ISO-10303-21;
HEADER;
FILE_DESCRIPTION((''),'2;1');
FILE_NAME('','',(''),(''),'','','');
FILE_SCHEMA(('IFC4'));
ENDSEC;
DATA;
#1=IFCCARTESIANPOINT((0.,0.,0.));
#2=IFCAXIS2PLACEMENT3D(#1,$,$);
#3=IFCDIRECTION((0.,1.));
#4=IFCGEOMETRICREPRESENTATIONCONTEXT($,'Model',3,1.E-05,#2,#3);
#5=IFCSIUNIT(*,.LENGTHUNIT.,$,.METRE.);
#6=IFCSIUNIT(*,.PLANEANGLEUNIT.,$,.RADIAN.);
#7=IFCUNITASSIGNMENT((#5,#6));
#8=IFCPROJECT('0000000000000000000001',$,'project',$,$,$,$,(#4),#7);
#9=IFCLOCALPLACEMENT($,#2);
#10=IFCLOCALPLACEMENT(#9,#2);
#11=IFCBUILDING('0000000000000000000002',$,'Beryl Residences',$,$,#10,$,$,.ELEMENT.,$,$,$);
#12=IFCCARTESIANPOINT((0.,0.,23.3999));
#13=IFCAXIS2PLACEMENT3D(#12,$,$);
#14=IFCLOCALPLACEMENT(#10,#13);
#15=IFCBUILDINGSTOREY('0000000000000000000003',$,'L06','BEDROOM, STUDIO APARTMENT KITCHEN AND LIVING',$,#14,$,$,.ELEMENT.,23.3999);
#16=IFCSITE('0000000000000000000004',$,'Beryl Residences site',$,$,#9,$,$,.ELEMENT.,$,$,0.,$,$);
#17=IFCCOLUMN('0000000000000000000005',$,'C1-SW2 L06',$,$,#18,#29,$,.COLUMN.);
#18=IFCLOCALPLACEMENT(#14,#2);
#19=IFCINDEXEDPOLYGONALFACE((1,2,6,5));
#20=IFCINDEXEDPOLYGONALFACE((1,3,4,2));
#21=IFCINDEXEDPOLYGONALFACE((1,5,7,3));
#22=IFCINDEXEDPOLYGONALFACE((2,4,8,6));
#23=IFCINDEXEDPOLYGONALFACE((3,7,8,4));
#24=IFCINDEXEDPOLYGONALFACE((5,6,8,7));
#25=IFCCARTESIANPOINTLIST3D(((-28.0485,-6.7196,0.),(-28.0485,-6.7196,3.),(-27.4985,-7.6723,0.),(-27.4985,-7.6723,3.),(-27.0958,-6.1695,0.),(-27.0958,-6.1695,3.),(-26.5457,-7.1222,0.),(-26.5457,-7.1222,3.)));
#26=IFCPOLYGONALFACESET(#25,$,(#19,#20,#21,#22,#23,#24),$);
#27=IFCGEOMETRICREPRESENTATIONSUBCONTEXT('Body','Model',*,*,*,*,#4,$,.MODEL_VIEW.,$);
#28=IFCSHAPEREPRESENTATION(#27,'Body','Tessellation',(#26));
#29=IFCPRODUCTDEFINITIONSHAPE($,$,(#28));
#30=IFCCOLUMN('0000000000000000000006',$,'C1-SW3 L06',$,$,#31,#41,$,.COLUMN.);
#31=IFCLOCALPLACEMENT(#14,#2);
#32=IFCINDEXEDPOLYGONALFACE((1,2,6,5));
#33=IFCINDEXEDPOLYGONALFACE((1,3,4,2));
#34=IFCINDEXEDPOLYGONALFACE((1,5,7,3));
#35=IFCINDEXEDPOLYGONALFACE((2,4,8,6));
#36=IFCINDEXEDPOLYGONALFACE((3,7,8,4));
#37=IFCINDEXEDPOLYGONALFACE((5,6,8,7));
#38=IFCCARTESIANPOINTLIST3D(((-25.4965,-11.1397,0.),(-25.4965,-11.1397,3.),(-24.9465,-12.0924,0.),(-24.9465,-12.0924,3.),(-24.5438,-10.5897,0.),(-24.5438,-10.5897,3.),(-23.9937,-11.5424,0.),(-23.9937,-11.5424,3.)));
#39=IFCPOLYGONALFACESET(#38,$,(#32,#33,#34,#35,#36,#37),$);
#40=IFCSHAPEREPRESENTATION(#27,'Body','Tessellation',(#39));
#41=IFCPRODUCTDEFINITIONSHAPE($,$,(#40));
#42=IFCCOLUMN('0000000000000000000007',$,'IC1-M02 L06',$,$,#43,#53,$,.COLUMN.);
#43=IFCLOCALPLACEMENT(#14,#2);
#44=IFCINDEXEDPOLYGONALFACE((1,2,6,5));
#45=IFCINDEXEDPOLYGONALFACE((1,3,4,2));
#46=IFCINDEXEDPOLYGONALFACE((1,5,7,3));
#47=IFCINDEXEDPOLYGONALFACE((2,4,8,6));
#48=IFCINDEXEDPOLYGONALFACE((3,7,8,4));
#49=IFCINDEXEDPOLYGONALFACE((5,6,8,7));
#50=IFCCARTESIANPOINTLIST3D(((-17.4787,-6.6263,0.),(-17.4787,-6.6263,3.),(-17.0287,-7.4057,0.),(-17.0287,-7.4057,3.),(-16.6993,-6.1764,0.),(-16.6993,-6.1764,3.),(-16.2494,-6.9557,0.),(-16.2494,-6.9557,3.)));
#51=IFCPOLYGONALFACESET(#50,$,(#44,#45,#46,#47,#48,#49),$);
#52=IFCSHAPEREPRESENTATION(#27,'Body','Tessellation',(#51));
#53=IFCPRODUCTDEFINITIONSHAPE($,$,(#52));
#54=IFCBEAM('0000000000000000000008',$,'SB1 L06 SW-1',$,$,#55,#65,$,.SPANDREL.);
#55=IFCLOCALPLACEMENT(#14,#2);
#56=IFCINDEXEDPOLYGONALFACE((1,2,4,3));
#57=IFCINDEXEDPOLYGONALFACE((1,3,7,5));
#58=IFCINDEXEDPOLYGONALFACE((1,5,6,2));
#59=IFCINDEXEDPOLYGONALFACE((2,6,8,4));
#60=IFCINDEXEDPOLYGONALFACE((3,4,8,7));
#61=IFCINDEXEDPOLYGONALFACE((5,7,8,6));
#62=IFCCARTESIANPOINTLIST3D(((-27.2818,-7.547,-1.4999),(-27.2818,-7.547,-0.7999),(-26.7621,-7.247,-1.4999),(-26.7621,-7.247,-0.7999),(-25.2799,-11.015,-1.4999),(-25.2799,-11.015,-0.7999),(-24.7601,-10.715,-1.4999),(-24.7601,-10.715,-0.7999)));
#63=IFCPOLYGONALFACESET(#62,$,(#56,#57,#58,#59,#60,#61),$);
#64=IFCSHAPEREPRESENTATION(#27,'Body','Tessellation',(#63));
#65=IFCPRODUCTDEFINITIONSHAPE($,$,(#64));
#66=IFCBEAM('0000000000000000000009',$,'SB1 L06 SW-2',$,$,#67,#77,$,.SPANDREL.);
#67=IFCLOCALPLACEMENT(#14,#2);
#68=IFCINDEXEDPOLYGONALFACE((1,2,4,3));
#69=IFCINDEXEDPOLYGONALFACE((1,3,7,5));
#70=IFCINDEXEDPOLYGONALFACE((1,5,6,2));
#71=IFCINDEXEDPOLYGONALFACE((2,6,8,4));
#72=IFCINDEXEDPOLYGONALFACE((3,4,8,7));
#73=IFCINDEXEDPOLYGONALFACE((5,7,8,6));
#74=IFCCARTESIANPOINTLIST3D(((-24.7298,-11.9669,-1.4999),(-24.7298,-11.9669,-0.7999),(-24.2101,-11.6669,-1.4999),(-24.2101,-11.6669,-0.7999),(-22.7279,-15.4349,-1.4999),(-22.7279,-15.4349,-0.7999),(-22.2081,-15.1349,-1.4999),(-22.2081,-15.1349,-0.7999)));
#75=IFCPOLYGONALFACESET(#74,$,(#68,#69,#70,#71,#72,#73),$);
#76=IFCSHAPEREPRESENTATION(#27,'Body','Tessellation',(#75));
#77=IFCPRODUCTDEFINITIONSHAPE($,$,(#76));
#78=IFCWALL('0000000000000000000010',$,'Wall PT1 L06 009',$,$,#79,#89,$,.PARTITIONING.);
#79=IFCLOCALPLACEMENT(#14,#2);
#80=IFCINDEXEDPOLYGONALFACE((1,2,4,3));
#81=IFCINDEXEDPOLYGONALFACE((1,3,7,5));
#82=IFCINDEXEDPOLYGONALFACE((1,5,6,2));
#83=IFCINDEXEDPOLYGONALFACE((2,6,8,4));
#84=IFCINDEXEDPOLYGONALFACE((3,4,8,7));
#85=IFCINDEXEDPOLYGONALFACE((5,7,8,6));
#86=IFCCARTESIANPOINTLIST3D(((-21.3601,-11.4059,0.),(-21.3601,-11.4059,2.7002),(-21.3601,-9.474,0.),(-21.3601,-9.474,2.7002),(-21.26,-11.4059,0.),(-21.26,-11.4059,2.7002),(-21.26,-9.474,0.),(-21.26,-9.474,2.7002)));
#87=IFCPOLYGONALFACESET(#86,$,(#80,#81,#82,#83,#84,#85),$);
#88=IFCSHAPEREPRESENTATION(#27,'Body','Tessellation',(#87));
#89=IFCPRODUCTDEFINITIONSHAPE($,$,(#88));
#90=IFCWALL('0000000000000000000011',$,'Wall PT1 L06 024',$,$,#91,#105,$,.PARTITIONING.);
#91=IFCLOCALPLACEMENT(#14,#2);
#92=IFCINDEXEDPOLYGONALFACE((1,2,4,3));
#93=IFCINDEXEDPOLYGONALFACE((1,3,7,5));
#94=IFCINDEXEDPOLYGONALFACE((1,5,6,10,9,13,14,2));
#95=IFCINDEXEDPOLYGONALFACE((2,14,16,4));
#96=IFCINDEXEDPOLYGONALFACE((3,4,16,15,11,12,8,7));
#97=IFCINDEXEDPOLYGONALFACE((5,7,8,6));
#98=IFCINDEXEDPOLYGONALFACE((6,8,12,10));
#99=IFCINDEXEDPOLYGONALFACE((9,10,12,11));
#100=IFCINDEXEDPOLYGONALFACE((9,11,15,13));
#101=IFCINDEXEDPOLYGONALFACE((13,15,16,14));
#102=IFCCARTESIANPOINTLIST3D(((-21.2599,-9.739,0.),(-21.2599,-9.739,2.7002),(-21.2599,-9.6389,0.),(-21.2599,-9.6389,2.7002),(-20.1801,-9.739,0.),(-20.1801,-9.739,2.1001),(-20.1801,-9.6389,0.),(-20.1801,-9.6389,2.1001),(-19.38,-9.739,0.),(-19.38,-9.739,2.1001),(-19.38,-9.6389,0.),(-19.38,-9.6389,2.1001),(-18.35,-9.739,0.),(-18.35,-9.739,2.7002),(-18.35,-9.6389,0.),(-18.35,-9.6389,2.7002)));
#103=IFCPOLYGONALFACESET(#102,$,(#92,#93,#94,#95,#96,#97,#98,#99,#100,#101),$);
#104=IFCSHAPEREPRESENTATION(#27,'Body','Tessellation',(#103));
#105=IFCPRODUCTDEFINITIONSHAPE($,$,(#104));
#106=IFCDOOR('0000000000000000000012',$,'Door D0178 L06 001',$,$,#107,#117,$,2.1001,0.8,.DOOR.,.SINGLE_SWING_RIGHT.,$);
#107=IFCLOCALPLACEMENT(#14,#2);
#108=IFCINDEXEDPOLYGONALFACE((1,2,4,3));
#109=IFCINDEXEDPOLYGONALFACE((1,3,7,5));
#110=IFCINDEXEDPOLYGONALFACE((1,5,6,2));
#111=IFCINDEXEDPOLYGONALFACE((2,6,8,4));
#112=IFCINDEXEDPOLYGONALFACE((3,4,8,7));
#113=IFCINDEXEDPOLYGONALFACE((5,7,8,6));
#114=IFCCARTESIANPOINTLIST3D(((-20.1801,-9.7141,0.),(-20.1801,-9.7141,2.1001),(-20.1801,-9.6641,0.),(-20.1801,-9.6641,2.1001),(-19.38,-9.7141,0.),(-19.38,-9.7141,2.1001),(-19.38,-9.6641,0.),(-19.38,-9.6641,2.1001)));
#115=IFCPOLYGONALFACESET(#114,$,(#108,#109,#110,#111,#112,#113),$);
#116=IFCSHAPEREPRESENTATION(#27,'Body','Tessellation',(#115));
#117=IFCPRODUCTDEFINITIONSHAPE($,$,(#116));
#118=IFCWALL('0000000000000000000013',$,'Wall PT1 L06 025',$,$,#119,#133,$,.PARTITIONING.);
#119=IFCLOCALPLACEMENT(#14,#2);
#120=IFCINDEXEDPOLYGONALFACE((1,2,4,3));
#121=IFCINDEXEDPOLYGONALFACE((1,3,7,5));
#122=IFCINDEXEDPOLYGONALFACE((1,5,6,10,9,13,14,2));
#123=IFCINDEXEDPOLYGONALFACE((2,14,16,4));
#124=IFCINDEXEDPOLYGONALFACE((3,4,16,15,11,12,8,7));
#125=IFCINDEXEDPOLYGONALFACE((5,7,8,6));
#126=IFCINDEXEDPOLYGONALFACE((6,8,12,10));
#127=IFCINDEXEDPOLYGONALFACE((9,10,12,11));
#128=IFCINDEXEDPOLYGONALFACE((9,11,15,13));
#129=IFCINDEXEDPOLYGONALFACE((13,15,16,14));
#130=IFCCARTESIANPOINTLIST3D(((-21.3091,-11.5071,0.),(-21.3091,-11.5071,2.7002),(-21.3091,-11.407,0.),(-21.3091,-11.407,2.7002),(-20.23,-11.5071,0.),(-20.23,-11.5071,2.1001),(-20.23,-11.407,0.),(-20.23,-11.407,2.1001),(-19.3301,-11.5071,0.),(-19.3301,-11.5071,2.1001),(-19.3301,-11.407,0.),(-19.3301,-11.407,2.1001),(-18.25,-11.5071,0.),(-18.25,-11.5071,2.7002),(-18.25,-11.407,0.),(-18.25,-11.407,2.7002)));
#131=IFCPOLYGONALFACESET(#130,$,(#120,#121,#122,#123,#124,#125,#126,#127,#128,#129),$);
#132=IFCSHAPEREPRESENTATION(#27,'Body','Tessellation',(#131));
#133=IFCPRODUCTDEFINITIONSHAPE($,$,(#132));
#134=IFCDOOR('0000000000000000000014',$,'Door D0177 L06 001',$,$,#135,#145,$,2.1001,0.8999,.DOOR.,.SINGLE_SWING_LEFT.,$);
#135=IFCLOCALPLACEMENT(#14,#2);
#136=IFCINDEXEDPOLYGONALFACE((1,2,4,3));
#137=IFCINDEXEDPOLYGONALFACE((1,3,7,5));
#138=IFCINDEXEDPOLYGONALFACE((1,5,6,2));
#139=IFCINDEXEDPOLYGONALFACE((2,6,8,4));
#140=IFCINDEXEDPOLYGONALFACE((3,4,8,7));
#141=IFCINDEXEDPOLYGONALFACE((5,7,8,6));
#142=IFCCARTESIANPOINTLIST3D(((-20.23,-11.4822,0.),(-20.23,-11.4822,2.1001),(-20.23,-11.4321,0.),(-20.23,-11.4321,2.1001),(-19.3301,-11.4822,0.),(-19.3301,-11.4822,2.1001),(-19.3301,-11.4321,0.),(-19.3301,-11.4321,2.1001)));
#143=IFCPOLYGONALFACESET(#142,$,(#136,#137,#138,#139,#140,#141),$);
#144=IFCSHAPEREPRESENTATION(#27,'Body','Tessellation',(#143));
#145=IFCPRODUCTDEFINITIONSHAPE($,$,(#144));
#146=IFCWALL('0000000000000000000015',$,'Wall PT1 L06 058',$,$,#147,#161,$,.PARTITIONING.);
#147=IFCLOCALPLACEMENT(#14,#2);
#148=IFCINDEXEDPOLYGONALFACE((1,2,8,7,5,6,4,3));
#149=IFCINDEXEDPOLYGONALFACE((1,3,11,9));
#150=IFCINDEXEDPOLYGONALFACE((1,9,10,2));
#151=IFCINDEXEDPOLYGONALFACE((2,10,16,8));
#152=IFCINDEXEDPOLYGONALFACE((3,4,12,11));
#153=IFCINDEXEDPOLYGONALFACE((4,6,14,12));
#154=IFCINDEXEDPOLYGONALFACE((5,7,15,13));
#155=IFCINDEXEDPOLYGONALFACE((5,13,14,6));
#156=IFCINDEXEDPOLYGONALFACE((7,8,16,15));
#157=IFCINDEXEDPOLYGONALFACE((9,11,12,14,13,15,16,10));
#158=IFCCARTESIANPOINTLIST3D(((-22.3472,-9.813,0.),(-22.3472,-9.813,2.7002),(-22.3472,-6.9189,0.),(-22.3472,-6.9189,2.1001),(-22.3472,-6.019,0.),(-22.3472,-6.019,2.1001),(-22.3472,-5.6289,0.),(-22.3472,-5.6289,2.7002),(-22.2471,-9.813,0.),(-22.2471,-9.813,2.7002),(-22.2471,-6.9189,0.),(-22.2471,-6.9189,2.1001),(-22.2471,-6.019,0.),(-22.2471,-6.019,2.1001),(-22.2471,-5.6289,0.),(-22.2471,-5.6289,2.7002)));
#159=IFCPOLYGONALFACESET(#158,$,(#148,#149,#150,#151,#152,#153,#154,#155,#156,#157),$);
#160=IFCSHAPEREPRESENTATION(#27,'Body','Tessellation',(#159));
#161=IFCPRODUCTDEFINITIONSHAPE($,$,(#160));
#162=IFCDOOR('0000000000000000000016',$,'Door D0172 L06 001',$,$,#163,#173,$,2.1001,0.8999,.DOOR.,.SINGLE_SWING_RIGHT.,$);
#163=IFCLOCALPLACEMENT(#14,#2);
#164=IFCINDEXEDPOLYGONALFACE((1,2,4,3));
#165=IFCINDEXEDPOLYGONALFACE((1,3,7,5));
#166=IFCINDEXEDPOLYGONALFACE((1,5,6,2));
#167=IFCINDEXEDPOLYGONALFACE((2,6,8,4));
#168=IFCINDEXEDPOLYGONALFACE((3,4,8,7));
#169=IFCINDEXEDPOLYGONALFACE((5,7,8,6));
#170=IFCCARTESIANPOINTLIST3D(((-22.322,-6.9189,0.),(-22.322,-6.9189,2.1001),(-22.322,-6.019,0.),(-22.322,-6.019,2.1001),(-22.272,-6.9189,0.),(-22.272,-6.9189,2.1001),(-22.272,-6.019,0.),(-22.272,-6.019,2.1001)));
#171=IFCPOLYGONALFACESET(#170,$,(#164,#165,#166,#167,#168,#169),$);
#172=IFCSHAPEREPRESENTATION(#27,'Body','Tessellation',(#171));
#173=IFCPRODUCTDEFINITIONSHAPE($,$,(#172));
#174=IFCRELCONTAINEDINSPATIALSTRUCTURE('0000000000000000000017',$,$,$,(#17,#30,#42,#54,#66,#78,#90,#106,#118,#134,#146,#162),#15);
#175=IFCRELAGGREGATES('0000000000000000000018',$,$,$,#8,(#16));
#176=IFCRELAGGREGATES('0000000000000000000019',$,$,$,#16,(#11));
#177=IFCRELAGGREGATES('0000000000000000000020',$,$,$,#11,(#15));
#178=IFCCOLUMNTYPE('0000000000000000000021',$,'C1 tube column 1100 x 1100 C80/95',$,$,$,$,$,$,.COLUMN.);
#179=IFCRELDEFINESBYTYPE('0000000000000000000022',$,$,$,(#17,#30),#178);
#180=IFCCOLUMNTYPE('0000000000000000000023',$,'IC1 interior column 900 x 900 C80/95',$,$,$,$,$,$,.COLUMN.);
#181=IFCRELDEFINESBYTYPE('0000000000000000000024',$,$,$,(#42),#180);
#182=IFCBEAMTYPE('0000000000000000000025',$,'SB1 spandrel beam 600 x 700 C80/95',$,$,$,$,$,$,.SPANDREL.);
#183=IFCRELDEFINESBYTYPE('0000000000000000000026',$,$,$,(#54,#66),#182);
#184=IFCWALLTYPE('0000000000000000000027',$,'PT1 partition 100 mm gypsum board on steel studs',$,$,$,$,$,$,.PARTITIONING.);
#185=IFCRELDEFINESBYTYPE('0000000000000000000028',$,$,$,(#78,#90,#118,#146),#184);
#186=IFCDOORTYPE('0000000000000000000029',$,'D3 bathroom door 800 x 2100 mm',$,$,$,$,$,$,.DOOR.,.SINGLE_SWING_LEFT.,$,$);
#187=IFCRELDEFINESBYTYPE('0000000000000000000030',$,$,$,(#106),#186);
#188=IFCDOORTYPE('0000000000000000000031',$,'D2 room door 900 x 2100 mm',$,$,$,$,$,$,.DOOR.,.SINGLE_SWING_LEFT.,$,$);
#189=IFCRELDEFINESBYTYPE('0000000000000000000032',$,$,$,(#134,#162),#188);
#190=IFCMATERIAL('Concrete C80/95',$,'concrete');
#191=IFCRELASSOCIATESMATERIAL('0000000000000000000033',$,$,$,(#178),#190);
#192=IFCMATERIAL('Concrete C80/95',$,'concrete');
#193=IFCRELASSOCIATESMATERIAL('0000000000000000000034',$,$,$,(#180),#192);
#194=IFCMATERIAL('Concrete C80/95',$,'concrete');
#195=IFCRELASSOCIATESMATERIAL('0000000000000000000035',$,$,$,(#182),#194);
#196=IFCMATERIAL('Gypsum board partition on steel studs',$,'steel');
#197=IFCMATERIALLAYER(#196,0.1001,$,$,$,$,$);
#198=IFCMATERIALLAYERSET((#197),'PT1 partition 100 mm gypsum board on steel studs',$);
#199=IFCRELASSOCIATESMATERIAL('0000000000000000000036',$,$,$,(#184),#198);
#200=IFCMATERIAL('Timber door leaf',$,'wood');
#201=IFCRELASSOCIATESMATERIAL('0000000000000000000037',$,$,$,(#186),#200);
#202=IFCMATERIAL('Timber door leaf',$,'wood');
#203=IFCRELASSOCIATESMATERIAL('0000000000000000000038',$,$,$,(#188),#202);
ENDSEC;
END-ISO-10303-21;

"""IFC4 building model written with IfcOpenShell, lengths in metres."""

from ifc_helpers import new_model, si_unit, direction, frame, frame_2d, origin, origin_2d, place, context, subcontext, project, spatial, rectangle, extrude, material, layer, layer_set, material_profile, profile_set, type_object, element, fill, save


model = new_model("IFC4")

# Units and contexts
model_context = context("Model", 3, precision=1e-05, world=origin(), true_north=direction((0.0, 1.0)))
body_context = subcontext(model_context, "Body", "Model", "MODEL_VIEW")
ifc_project = project(units=[si_unit("LENGTHUNIT", "METRE"), si_unit("PLANEANGLEUNIT", "RADIAN")], contexts=[model_context])

# Site, building, storey
site_placement = place(None, origin())
site = spatial("IfcSite", under=ifc_project, at=site_placement, Name="Beryl Residences site", CompositionType="ELEMENT", RefElevation=0.0)
building_placement = place(site_placement, origin())
building = spatial("IfcBuilding", under=site, at=building_placement, Name="Beryl Residences", CompositionType="ELEMENT")
storey_placement = place(building_placement, frame((0.0, 0.0, 23.3999)))
storey = spatial("IfcBuildingStorey", under=building, at=storey_placement, Name="L06", Description="BEDROOM, STUDIO APARTMENT KITCHEN AND LIVING", CompositionType="ELEMENT", Elevation=23.3999)

# Columns
ifc_material_1 = material(Name="Concrete C80/95", Category="concrete")
ifc_material_profile_1 = material_profile(ifc_material_1, rectangle(XDim=1.1001, YDim=1.1001, at=origin_2d()))
ifc_profile_set_1 = profile_set([ifc_material_profile_1], Name="Concrete C80/95")
column_type_1 = type_object("IfcColumnType", Name="C1 tube column 1100 x 1100 C80/95", PredefinedType="COLUMN", material=ifc_profile_set_1)
for number, where, z_axis, x_axis, name in (
    (1, (-27.2971, -6.9209, 0.0), (0.0, 0.0, 1.0), (0.499985, -0.866034, 0.0), "C1-SW2 L06"),
    (2, (-24.7451, -11.3411, 0.0), (0.0, 0.0, 1.0), (0.499985, -0.866034, 0.0), "C1-SW3 L06"),
):
    element("IfcColumn", number, at=place(storey_placement, frame(where, z_axis=z_axis, x_axis=x_axis)), inside=storey, type_object=column_type_1, Name=name, PredefinedType="COLUMN", context=body_context, shape_type="SweptSolid", body=[
        extrude(rectangle(XDim=1.1001, YDim=1.1001, at=origin_2d()), origin(), (0.0, 0.0, 1.0), 3.0),
    ])
ifc_material_2 = material(Name="Concrete C80/95", Category="concrete")
ifc_material_profile_2 = material_profile(ifc_material_2, rectangle(XDim=0.8999, YDim=0.8999, at=origin_2d()))
ifc_profile_set_2 = profile_set([ifc_material_profile_2], Name="Concrete C80/95")
column_type_2 = type_object("IfcColumnType", Name="IC1 interior column 900 x 900 C80/95", PredefinedType="COLUMN", material=ifc_profile_set_2)
column_placement = place(storey_placement, frame((-16.864, -6.791, 0.0), z_axis=(0.0, 0.0, 1.0), x_axis=(0.499985, -0.866034, 0.0)))
element("IfcColumn", 3, at=column_placement, inside=storey, type_object=column_type_2, Name="IC1-M02 L06", PredefinedType="COLUMN", context=body_context, shape_type="SweptSolid", body=[
    extrude(rectangle(XDim=0.8999, YDim=0.8999, at=origin_2d()), origin(), (0.0, 0.0, 1.0), 3.0),
])

# Beams
ifc_material_3 = material(Name="Concrete C80/95", Category="concrete")
ifc_material_profile_3 = material_profile(ifc_material_3, rectangle(XDim=0.6001, YDim=0.7, at=origin_2d()))
ifc_profile_set_3 = profile_set([ifc_material_profile_3], Name="Concrete C80/95")
beam_type = type_object("IfcBeamType", Name="SB1 spandrel beam 600 x 700 C80/95", PredefinedType="SPANDREL", material=ifc_profile_set_3)
for number, where, z_axis, x_axis, name in (
    (4, (-27.022, -7.397, -1.1499), (0.499942, -0.866059, 0.0), (0.866059, 0.499942, 0.0), "SB1 L06 SW-1"),
    (5, (-24.47, -11.8169, -1.1499), (0.499942, -0.866059, 0.0), (0.866059, 0.499942, 0.0), "SB1 L06 SW-2"),
):
    element("IfcBeam", number, at=place(storey_placement, frame(where, z_axis=z_axis, x_axis=x_axis)), inside=storey, type_object=beam_type, Name=name, PredefinedType="SPANDREL", context=body_context, shape_type="SweptSolid", body=[
        extrude(rectangle(XDim=0.6001, YDim=0.7, at=origin_2d()), origin(), (0.0, 0.0, 1.0), 4.0044),
    ])

# Wall
ifc_material_4 = material(Name="Gypsum board partition on steel studs", Category="steel")
ifc_layer_1 = layer(ifc_material_4, 0.1001)
ifc_layer_set_1 = layer_set([ifc_layer_1], Name="PT1 partition 100 mm gypsum board on steel studs")
wall_type_1 = type_object("IfcWallType", Name="PT1 partition 100 mm gypsum board on steel studs", PredefinedType="PARTITIONING", material=ifc_layer_set_1)
wall_1_placement = place(storey_placement, frame((-21.3101, -9.4741, 0.0), z_axis=(0.0, 0.0, 1.0), x_axis=(0.0, -1.0, 0.0)))
element("IfcWall", 6, at=wall_1_placement, inside=storey, type_object=wall_type_1, Name="Wall PT1 L06 009", PredefinedType="PARTITIONING", context=body_context, shape_type="SweptSolid", body=[
    extrude(rectangle(XDim=1.9319, YDim=0.1001, at=frame_2d((0.9658, 0.0))), origin(), (0.0, 0.0, 1.0), 2.7002),
])

# Walls, openings, doors
wall_2_placement = place(storey_placement, frame((-21.26, -9.689, 0.0), z_axis=(0.0, 0.0, 1.0), x_axis=(1.0, 0.0, 0.0)))
wall_2 = element("IfcWall", 7, at=wall_2_placement, inside=storey, type_object=wall_type_1, Name="Wall PT1 L06 024", PredefinedType="PARTITIONING", context=body_context, shape_type="SweptSolid", body=[
    extrude(rectangle(XDim=2.9099, YDim=0.1001, at=frame_2d((1.4551, 0.0))), origin(), (0.0, 0.0, 1.0), 2.7002),
])
opening_1_placement = place(wall_2_placement, frame((1.0801, 0.0, 0.0)))
opening_1 = element("IfcOpeningElement", 8, at=opening_1_placement, cuts=wall_2, PredefinedType="OPENING", context=body_context, shape_type="SweptSolid", body=[
    extrude(rectangle(XDim=0.8, YDim=2.1001, at=frame_2d((0.3999, 1.05))), frame((0.0, 0.0601, 0.0), z_axis=(0.0, -1.0, 0.0), x_axis=(1.0, 0.0, 0.0)), (0.0, 0.0, 1.0), 0.1201),
])
ifc_material_5 = material(Name="Timber door leaf", Category="wood")
door_type_1 = type_object("IfcDoorType", Name="D3 bathroom door 800 x 2100 mm", OperationType="SINGLE_SWING_LEFT", PredefinedType="DOOR", material=ifc_material_5)
door_1_placement = place(opening_1_placement, origin())
door_1 = element("IfcDoor", 9, at=door_1_placement, inside=storey, type_object=door_type_1, Name="Door D0178 L06 001", OperationType="SINGLE_SWING_RIGHT", OverallHeight=2.1001, OverallWidth=0.8, PredefinedType="DOOR", context=body_context, shape_type="SweptSolid", body=[
    extrude(rectangle(XDim=0.8, YDim=2.1001, at=frame_2d((0.3999, 1.05))), frame((0.0, 0.0249, 0.0), z_axis=(0.0, -1.0, 0.0), x_axis=(1.0, 0.0, 0.0)), (0.0, 0.0, 1.0), 0.05),
])
fill(opening_1, door_1)
wall_3_placement = place(storey_placement, frame((-21.3091, -11.457, 0.0), z_axis=(0.0, 0.0, 1.0), x_axis=(1.0, 0.0, 0.0)))
wall_3 = element("IfcWall", 10, at=wall_3_placement, inside=storey, type_object=wall_type_1, Name="Wall PT1 L06 025", PredefinedType="PARTITIONING", context=body_context, shape_type="SweptSolid", body=[
    extrude(rectangle(XDim=3.0591, YDim=0.1001, at=frame_2d((1.5295, 0.0))), origin(), (0.0, 0.0, 1.0), 2.7002),
])
opening_2_placement = place(wall_3_placement, frame((1.0791, 0.0, 0.0)))
opening_2 = element("IfcOpeningElement", 11, at=opening_2_placement, cuts=wall_3, PredefinedType="OPENING", context=body_context, shape_type="SweptSolid", body=[
    extrude(rectangle(XDim=0.8999, YDim=2.1001, at=frame_2d((0.45, 1.05))), frame((0.0, 0.0601, 0.0), z_axis=(0.0, -1.0, 0.0), x_axis=(1.0, 0.0, 0.0)), (0.0, 0.0, 1.0), 0.1201),
])
ifc_material_6 = material(Name="Timber door leaf", Category="wood")
door_type_2 = type_object("IfcDoorType", Name="D2 room door 900 x 2100 mm", OperationType="SINGLE_SWING_LEFT", PredefinedType="DOOR", material=ifc_material_6)
door_2_placement = place(opening_2_placement, origin())
door_2 = element("IfcDoor", 12, at=door_2_placement, inside=storey, type_object=door_type_2, Name="Door D0177 L06 001", OperationType="SINGLE_SWING_LEFT", OverallHeight=2.1001, OverallWidth=0.8999, PredefinedType="DOOR", context=body_context, shape_type="SweptSolid", body=[
    extrude(rectangle(XDim=0.8999, YDim=2.1001, at=frame_2d((0.45, 1.05))), frame((0.0, 0.0249, 0.0), z_axis=(0.0, -1.0, 0.0), x_axis=(1.0, 0.0, 0.0)), (0.0, 0.0, 1.0), 0.05),
])
fill(opening_2, door_2)
wall_4_placement = place(storey_placement, frame((-22.2971, -9.813, 0.0), z_axis=(0.0, 0.0, 1.0), x_axis=(0.0, 1.0, 0.0)))
wall_4 = element("IfcWall", 13, at=wall_4_placement, inside=storey, type_object=wall_type_1, Name="Wall PT1 L06 058", PredefinedType="PARTITIONING", context=body_context, shape_type="SweptSolid", body=[
    extrude(rectangle(XDim=4.1841, YDim=0.1001, at=frame_2d((2.092, 0.0))), origin(), (0.0, 0.0, 1.0), 2.7002),
])
opening_3_placement = place(wall_4_placement, frame((2.894, 0.0, 0.0)))
opening_3 = element("IfcOpeningElement", 14, at=opening_3_placement, cuts=wall_4, PredefinedType="OPENING", context=body_context, shape_type="SweptSolid", body=[
    extrude(rectangle(XDim=0.8999, YDim=2.1001, at=frame_2d((0.45, 1.05))), frame((0.0, 0.0601, 0.0), z_axis=(0.0, -1.0, 0.0), x_axis=(1.0, 0.0, 0.0)), (0.0, 0.0, 1.0), 0.1201),
])
door_3_placement = place(opening_3_placement, origin())
door_3 = element("IfcDoor", 15, at=door_3_placement, inside=storey, type_object=door_type_2, Name="Door D0172 L06 001", OperationType="SINGLE_SWING_RIGHT", OverallHeight=2.1001, OverallWidth=0.8999, PredefinedType="DOOR", context=body_context, shape_type="SweptSolid", body=[
    extrude(rectangle(XDim=0.8999, YDim=2.1001, at=frame_2d((0.45, 1.05))), frame((0.0, 0.0249, 0.0), z_axis=(0.0, -1.0, 0.0), x_axis=(1.0, 0.0, 0.0)), (0.0, 0.0, 1.0), 0.05),
])
fill(opening_3, door_3)

save(model, "model.ifc")
